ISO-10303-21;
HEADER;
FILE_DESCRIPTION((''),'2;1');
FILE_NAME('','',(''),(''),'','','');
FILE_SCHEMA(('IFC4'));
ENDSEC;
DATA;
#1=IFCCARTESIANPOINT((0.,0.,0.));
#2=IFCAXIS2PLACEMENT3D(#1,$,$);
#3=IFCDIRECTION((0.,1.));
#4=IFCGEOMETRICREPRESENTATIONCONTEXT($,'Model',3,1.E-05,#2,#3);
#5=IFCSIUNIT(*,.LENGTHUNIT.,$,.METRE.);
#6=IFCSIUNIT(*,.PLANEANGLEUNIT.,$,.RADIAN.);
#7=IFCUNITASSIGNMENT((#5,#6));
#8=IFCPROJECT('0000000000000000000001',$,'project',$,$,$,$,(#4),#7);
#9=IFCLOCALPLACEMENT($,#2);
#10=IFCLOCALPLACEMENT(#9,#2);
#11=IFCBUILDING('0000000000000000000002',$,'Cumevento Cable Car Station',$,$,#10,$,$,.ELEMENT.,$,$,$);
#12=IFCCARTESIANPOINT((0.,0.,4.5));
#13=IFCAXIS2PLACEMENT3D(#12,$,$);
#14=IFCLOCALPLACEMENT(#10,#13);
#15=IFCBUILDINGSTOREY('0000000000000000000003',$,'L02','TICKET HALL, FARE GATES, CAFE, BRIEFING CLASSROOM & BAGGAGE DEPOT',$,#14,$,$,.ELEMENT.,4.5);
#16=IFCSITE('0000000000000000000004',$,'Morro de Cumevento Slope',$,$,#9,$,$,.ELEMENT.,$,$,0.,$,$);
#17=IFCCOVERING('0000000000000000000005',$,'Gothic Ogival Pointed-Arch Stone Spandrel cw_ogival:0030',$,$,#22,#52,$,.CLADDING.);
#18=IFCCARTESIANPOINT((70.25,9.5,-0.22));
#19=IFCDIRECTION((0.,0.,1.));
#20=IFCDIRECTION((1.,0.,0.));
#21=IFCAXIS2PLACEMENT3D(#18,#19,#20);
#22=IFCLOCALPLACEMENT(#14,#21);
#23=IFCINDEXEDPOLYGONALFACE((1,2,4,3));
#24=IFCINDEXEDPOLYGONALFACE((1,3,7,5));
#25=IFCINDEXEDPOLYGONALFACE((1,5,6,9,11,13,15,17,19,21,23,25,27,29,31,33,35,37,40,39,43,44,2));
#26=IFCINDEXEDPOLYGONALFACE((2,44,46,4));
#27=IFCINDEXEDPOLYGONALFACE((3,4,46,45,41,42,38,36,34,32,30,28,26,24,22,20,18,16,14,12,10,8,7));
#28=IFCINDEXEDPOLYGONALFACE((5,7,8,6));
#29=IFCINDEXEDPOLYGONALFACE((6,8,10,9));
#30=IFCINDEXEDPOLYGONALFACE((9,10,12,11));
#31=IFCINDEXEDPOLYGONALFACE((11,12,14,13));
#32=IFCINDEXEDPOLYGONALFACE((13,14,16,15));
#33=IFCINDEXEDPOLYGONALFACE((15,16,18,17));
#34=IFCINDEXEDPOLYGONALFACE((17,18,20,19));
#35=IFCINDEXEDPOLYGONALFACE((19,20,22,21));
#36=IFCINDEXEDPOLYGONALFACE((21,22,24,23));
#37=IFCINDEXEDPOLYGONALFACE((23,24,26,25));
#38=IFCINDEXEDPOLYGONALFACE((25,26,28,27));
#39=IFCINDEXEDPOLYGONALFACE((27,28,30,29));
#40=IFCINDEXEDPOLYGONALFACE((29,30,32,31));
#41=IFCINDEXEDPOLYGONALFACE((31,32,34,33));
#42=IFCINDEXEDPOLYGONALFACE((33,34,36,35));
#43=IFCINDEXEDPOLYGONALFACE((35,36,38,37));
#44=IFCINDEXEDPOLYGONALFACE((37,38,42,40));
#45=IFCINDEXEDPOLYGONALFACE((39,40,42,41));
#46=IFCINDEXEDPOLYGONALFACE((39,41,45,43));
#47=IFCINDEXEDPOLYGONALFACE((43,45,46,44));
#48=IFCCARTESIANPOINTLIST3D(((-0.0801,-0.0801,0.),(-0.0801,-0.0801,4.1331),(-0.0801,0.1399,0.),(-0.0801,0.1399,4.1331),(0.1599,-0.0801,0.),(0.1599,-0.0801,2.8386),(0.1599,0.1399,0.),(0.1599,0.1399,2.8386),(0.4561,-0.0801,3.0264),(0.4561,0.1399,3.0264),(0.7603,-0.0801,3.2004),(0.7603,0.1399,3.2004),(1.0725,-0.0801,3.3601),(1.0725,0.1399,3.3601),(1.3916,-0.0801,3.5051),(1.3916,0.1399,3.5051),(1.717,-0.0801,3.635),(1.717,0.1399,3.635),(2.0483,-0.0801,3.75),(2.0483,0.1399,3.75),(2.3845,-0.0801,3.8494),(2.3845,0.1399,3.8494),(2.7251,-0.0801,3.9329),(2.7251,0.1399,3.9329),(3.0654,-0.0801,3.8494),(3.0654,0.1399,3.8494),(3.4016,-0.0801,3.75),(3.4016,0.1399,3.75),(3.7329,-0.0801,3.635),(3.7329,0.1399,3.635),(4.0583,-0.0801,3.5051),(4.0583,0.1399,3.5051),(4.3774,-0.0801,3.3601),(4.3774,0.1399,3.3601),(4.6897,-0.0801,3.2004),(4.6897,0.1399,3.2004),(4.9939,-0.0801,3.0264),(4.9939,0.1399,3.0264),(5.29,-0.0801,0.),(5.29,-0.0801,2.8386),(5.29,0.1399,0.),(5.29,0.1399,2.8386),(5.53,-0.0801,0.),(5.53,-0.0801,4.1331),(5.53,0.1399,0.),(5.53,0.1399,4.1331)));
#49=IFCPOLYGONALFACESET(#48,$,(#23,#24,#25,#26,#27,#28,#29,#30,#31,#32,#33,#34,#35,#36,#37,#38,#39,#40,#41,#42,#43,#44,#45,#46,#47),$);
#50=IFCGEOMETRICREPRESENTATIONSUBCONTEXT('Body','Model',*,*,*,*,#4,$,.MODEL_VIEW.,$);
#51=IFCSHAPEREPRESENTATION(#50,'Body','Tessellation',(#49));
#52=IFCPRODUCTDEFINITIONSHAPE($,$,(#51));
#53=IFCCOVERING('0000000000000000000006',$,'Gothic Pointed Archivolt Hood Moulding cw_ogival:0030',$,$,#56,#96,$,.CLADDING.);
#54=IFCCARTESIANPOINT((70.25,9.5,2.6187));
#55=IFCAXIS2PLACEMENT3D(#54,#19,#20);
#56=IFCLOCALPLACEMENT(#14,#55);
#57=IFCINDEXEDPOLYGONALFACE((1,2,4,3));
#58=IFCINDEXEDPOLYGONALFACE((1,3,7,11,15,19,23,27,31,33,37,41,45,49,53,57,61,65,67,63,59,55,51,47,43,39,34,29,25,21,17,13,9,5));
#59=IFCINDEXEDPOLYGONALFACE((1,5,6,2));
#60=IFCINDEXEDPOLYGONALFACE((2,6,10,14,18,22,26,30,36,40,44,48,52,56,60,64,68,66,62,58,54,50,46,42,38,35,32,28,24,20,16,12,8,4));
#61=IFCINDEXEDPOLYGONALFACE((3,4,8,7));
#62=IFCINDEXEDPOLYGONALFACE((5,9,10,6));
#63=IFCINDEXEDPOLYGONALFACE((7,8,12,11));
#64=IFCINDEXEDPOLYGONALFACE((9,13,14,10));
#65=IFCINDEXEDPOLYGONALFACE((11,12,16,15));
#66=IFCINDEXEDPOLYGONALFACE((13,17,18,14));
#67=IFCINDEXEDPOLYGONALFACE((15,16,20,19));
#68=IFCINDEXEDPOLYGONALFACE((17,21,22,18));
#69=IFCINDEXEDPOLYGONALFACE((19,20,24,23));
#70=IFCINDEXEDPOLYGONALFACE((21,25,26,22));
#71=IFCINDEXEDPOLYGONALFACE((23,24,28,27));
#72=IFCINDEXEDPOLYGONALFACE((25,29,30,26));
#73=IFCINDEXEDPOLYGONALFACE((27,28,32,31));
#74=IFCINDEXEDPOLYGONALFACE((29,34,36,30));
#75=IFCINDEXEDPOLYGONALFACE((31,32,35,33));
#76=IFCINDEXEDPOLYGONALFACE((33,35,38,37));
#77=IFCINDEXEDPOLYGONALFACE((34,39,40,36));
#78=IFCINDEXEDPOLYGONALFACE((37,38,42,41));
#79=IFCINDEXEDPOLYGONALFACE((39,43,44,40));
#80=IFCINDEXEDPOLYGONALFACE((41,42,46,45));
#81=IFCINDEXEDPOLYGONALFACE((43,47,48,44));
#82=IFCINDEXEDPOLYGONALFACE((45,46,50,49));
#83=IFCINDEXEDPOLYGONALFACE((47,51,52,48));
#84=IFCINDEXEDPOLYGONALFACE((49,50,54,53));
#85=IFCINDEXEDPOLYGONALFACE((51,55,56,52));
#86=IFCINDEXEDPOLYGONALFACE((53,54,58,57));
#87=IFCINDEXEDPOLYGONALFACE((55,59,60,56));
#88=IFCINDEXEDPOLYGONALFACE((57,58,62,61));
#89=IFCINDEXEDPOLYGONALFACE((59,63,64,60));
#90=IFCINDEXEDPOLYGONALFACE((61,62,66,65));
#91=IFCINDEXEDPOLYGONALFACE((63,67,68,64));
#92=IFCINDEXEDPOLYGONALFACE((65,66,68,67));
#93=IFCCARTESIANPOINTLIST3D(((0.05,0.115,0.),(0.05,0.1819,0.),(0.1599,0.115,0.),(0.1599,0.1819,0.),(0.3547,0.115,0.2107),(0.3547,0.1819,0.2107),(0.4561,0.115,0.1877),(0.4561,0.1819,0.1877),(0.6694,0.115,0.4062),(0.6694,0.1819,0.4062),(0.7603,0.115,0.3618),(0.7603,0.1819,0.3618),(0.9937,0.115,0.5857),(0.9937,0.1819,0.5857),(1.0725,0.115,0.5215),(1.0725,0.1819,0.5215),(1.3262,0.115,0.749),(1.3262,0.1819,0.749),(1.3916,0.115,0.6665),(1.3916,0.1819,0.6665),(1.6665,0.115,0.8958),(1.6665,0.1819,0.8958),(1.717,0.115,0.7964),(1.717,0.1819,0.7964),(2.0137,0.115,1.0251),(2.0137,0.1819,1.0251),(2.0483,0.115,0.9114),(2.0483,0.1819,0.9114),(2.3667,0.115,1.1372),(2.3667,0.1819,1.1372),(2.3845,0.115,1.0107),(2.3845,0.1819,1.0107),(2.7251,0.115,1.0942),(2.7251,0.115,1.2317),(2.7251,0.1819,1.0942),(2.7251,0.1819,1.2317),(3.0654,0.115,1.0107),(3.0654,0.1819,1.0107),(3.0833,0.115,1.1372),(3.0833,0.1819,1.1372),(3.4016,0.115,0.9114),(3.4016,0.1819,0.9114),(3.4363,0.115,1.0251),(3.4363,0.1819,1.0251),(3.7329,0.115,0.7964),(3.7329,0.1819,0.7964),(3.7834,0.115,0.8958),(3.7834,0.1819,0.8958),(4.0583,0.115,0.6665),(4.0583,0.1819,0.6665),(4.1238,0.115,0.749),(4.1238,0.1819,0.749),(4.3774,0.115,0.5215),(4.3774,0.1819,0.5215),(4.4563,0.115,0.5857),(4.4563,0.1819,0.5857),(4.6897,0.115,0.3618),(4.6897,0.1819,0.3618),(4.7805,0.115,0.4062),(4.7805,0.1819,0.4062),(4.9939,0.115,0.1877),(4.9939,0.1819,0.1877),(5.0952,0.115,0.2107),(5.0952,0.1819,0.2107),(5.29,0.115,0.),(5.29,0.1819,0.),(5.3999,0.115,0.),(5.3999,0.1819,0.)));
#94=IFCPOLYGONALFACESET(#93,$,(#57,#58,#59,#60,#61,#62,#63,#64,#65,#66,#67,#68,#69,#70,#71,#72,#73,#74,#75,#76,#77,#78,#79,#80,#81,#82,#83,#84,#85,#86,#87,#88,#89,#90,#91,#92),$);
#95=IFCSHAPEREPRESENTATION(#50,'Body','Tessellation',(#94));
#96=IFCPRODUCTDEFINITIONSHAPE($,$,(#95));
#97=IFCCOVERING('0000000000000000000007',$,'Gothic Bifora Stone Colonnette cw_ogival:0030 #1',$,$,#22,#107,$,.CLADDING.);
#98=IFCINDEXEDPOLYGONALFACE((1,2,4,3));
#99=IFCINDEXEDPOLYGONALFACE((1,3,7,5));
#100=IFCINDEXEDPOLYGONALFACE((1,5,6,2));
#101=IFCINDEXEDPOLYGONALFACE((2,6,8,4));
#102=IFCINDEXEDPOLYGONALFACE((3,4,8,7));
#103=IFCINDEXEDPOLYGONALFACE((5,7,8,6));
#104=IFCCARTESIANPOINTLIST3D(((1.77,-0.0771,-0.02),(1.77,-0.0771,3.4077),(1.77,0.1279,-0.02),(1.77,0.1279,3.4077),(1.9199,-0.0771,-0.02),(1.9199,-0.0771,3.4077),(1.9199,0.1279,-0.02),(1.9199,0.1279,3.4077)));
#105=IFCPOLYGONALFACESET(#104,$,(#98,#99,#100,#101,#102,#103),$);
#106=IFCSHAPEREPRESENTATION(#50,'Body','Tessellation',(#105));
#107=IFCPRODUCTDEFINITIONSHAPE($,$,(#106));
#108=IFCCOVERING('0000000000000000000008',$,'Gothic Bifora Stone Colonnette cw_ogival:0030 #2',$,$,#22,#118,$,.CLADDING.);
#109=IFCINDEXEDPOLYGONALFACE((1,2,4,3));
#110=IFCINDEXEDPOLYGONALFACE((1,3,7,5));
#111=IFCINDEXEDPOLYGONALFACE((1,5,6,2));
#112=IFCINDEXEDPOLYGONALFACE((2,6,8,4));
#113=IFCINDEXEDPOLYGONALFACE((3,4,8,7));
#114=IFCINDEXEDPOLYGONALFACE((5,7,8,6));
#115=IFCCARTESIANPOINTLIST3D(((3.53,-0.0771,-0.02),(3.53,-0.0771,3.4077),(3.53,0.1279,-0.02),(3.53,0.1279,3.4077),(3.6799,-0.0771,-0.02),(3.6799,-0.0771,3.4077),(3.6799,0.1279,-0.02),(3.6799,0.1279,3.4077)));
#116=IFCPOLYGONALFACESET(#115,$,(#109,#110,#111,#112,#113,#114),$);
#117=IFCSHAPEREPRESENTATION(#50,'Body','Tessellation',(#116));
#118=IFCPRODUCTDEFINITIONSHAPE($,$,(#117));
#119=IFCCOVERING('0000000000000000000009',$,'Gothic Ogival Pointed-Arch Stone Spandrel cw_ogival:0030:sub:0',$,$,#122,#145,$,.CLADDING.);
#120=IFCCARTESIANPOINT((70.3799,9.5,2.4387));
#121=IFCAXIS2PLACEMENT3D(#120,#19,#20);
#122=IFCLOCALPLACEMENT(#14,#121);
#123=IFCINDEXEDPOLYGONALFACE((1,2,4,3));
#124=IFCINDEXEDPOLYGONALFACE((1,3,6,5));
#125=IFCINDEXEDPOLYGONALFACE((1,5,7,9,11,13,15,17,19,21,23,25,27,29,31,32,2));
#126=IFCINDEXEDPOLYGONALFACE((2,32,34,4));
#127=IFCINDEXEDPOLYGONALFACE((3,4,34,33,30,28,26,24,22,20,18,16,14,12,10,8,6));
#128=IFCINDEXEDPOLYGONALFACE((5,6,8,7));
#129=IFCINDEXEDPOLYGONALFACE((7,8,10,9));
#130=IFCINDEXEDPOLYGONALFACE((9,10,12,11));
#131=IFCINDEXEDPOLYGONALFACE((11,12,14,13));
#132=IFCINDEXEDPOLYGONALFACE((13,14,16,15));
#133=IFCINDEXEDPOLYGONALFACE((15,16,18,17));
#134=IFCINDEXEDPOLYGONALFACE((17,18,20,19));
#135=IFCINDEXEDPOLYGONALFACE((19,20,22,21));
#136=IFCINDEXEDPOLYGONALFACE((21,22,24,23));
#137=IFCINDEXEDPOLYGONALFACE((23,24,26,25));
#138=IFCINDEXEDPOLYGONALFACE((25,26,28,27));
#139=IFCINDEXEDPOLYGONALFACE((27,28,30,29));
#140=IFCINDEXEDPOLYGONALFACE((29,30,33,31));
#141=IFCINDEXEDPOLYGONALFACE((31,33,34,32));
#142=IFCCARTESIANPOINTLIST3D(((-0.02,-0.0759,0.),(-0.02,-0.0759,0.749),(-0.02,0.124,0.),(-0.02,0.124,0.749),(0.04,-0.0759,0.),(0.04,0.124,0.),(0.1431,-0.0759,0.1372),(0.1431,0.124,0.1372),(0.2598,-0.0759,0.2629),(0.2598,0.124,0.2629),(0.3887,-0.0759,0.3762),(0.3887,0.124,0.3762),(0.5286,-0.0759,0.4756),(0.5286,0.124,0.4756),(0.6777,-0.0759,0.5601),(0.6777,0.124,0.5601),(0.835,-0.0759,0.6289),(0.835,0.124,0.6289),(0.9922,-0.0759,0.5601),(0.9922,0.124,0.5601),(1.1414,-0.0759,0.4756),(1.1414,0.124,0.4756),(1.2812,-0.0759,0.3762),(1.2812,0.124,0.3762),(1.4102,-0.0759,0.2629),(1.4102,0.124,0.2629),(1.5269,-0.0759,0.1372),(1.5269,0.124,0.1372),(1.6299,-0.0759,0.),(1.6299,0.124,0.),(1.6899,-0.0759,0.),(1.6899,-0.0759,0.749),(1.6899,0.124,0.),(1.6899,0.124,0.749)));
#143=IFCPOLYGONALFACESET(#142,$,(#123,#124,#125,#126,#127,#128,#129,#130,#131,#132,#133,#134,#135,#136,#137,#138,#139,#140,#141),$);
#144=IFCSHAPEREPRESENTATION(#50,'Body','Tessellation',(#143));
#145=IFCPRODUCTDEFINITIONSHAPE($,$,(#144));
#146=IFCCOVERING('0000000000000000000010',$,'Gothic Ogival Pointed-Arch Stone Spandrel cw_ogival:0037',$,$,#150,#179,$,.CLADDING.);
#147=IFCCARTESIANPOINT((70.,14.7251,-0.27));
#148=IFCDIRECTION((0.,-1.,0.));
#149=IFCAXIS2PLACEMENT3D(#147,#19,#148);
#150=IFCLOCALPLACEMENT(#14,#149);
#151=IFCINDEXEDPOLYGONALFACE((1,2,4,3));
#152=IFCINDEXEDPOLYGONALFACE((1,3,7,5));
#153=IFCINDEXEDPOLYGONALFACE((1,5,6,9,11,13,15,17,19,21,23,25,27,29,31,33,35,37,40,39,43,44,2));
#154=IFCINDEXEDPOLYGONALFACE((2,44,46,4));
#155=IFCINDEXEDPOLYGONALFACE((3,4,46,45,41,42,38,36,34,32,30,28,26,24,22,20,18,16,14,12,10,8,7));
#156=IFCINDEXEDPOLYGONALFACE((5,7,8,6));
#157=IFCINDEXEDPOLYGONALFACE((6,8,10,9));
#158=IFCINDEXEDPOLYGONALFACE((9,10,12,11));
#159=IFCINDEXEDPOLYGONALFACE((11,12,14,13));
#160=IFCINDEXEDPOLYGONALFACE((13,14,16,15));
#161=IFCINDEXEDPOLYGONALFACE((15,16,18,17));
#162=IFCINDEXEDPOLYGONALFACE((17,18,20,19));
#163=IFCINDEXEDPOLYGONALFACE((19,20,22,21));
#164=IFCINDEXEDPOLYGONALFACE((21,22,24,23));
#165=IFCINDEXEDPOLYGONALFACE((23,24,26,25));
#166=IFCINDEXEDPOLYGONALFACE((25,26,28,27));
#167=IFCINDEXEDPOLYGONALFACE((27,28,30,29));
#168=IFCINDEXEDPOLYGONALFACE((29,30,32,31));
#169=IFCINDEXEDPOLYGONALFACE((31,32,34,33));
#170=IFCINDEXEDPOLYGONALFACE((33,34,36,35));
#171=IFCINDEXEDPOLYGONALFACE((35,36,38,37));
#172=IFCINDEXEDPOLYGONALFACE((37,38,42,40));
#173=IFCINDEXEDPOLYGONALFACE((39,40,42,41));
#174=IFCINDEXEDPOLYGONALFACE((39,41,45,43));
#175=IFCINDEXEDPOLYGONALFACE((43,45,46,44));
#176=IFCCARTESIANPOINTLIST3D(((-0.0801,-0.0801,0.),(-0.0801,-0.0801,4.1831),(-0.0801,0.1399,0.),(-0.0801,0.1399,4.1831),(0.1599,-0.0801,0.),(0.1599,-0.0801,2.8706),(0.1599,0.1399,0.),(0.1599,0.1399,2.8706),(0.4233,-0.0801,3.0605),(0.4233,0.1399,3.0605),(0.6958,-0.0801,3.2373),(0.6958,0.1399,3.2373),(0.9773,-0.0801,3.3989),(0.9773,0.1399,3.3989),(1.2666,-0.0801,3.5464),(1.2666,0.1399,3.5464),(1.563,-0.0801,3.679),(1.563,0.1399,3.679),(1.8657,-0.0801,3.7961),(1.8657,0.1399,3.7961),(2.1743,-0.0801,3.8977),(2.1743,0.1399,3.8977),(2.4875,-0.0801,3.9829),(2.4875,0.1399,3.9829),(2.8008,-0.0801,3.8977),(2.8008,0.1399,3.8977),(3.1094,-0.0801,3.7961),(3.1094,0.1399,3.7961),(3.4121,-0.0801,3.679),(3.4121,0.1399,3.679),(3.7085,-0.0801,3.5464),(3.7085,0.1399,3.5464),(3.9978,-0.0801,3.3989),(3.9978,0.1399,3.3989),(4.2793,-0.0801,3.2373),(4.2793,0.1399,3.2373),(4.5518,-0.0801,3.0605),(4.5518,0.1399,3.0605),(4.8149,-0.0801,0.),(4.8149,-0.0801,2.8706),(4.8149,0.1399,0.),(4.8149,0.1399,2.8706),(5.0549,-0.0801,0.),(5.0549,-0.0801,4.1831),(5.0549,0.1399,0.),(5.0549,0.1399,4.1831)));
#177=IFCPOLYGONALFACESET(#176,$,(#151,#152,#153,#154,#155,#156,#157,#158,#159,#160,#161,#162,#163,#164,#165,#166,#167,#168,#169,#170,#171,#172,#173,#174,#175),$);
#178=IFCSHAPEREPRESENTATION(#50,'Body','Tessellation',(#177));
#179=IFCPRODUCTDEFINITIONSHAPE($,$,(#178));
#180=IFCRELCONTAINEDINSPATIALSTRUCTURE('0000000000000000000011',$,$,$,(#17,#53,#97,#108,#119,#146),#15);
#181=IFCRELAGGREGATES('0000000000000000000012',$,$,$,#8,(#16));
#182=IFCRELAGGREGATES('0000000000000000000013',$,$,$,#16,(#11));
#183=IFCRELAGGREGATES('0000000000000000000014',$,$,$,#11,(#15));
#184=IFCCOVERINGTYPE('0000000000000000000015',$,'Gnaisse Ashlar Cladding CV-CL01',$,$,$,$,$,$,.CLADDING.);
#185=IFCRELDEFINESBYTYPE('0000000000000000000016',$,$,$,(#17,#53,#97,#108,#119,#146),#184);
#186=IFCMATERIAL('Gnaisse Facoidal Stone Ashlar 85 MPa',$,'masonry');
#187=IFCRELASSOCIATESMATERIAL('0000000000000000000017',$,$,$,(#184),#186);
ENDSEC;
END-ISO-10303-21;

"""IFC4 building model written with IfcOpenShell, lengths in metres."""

from ifc_helpers import new_model, si_unit, direction, frame, origin, place, context, subcontext, project, spatial, polyline, outline, extrude, material, type_object, element, save


model = new_model("IFC4")

# Units and contexts
model_context = context("Model", 3, precision=1e-05, world=origin(), true_north=direction((0.0, 1.0)))
body_context = subcontext(model_context, "Body", "Model", "MODEL_VIEW")
ifc_project = project(units=[si_unit("LENGTHUNIT", "METRE"), si_unit("PLANEANGLEUNIT", "RADIAN")], contexts=[model_context])

# Site, building, storey
site_placement = place(None, origin())
site = spatial("IfcSite", under=ifc_project, at=site_placement, Name="Morro de Cumevento Slope", CompositionType="ELEMENT", RefElevation=0.0)
building_placement = place(site_placement, origin())
building = spatial("IfcBuilding", under=site, at=building_placement, Name="Cumevento Cable Car Station", CompositionType="ELEMENT")
storey_placement = place(building_placement, frame((0.0, 0.0, 4.5)))
storey = spatial("IfcBuildingStorey", under=building, at=storey_placement, Name="L02", Description="TICKET HALL, FARE GATES, CAFE, BRIEFING CLASSROOM & BAGGAGE DEPOT", CompositionType="ELEMENT", Elevation=4.5)

# Coverings
ifc_material_1 = material(Name="Gnaisse Facoidal Stone Ashlar 85 MPa", Category="masonry")
covering_type = type_object("IfcCoveringType", Name="Gnaisse Ashlar Cladding CV-CL01", PredefinedType="CLADDING", material=ifc_material_1)
placement = place(storey_placement, frame((70.25, 9.5, -0.22), z_axis=(0.0, 0.0, 1.0), x_axis=(1.0, 0.0, 0.0)))
element("IfcCovering", 1, at=placement, inside=storey, type_object=covering_type, Name="Gothic Ogival Pointed-Arch Stone Spandrel cw_ogival:0030", PredefinedType="CLADDING", context=body_context, shape_type="SweptSolid", body=[
    extrude(outline(polyline([(-0.0801, 0.0), (-0.0801, 4.1331), (5.53, 4.1331), (5.53, 0.0), (5.29, 0.0), (5.29, 2.8386), (4.9939, 3.0264), (4.6897, 3.2004), (4.3774, 3.3601), (4.0583, 3.5051), (3.7329, 3.635), (3.4016, 3.75), (3.0654, 3.8494), (2.7251, 3.9329), (2.3845, 3.8494), (2.0483, 3.75), (1.717, 3.635), (1.3916, 3.5051), (1.0725, 3.3601), (0.7603, 3.2004), (0.4561, 3.0264), (0.1599, 2.8386), (0.1599, 0.0), (-0.0801, 0.0)])), frame((0.0, 0.1399, 0.0), z_axis=(0.0, -1.0, 0.0), x_axis=(1.0, 0.0, 0.0)), (0.0, 0.0, 1.0), 0.22),
])
covering_1_placement = place(storey_placement, frame((70.25, 9.5, 2.6187), z_axis=(0.0, 0.0, 1.0), x_axis=(1.0, 0.0, 0.0)))
element("IfcCovering", 2, at=covering_1_placement, inside=storey, type_object=covering_type, Name="Gothic Pointed Archivolt Hood Moulding cw_ogival:0030", PredefinedType="CLADDING", context=body_context, shape_type="SweptSolid", body=[
    extrude(outline(polyline([(0.1599, 0.0), (0.4561, 0.1877), (0.7603, 0.3618), (1.0725, 0.5215), (1.3916, 0.6665), (1.717, 0.7964), (2.0483, 0.9114), (2.3845, 1.0107), (2.7251, 1.0942), (3.0654, 1.0107), (3.4016, 0.9114), (3.7329, 0.7964), (4.0583, 0.6665), (4.3774, 0.5215), (4.6897, 0.3618), (4.9939, 0.1877), (5.29, 0.0), (5.3999, 0.0), (5.0952, 0.2107), (4.7805, 0.4062), (4.4563, 0.5857), (4.1238, 0.749), (3.7834, 0.8958), (3.4363, 1.0251), (3.0833, 1.1372), (2.7251, 1.2317), (2.3667, 1.1372), (2.0137, 1.0251), (1.6665, 0.8958), (1.3262, 0.749), (0.9937, 0.5857), (0.6694, 0.4062), (0.3547, 0.2107), (0.05, 0.0), (0.1599, 0.0)])), frame((0.0, 0.1819, 0.0), z_axis=(0.0, -1.0, 0.0), x_axis=(1.0, 0.0, 0.0)), (0.0, 0.0, 1.0), 0.0669),
])
element("IfcCovering", 3, at=placement, inside=storey, type_object=covering_type, Name="Gothic Bifora Stone Colonnette cw_ogival:0030 #1", PredefinedType="CLADDING", context=body_context, shape_type="SweptSolid", body=[
    extrude(outline(polyline([(1.77, -0.02), (1.9199, -0.02), (1.9199, 3.4077), (1.77, 3.4077), (1.77, -0.02)])), frame((0.0, 0.1279, 0.0), z_axis=(0.0, -1.0, 0.0), x_axis=(1.0, 0.0, 0.0)), (0.0, 0.0, 1.0), 0.2051),
])
element("IfcCovering", 4, at=placement, inside=storey, type_object=covering_type, Name="Gothic Bifora Stone Colonnette cw_ogival:0030 #2", PredefinedType="CLADDING", context=body_context, shape_type="SweptSolid", body=[
    extrude(outline(polyline([(3.53, -0.02), (3.6799, -0.02), (3.6799, 3.4077), (3.53, 3.4077), (3.53, -0.02)])), frame((0.0, 0.1279, 0.0), z_axis=(0.0, -1.0, 0.0), x_axis=(1.0, 0.0, 0.0)), (0.0, 0.0, 1.0), 0.2051),
])
covering_2_placement = place(storey_placement, frame((70.3799, 9.5, 2.4387), z_axis=(0.0, 0.0, 1.0), x_axis=(1.0, 0.0, 0.0)))
element("IfcCovering", 5, at=covering_2_placement, inside=storey, type_object=covering_type, Name="Gothic Ogival Pointed-Arch Stone Spandrel cw_ogival:0030:sub:0", PredefinedType="CLADDING", context=body_context, shape_type="SweptSolid", body=[
    extrude(outline(polyline([(-0.02, 0.0), (-0.02, 0.749), (1.6899, 0.749), (1.6899, 0.0), (1.6299, 0.0), (1.5269, 0.1372), (1.4102, 0.2629), (1.2812, 0.3762), (1.1414, 0.4756), (0.9922, 0.5601), (0.835, 0.6289), (0.6777, 0.5601), (0.5286, 0.4756), (0.3887, 0.3762), (0.2598, 0.2629), (0.1431, 0.1372), (0.04, 0.0), (-0.02, 0.0)])), frame((0.0, 0.124, 0.0), z_axis=(0.0, -1.0, 0.0), x_axis=(1.0, 0.0, 0.0)), (0.0, 0.0, 1.0), 0.2),
])
covering_3_placement = place(storey_placement, frame((70.0, 14.7251, -0.27), z_axis=(0.0, 0.0, 1.0), x_axis=(0.0, -1.0, 0.0)))
element("IfcCovering", 6, at=covering_3_placement, inside=storey, type_object=covering_type, Name="Gothic Ogival Pointed-Arch Stone Spandrel cw_ogival:0037", PredefinedType="CLADDING", context=body_context, shape_type="SweptSolid", body=[
    extrude(outline(polyline([(-0.0801, 0.0), (-0.0801, 4.1831), (5.0549, 4.1831), (5.0549, 0.0), (4.8149, 0.0), (4.8149, 2.8706), (4.5518, 3.0605), (4.2793, 3.2373), (3.9978, 3.3989), (3.7085, 3.5464), (3.4121, 3.679), (3.1094, 3.7961), (2.8008, 3.8977), (2.4875, 3.9829), (2.1743, 3.8977), (1.8657, 3.7961), (1.563, 3.679), (1.2666, 3.5464), (0.9773, 3.3989), (0.6958, 3.2373), (0.4233, 3.0605), (0.1599, 2.8706), (0.1599, 0.0), (-0.0801, 0.0)])), frame((0.0, 0.1399, 0.0), z_axis=(0.0, -1.0, 0.0), x_axis=(1.0, 0.0, 0.0)), (0.0, 0.0, 1.0), 0.22),
])

save(model, "model.ifc")
